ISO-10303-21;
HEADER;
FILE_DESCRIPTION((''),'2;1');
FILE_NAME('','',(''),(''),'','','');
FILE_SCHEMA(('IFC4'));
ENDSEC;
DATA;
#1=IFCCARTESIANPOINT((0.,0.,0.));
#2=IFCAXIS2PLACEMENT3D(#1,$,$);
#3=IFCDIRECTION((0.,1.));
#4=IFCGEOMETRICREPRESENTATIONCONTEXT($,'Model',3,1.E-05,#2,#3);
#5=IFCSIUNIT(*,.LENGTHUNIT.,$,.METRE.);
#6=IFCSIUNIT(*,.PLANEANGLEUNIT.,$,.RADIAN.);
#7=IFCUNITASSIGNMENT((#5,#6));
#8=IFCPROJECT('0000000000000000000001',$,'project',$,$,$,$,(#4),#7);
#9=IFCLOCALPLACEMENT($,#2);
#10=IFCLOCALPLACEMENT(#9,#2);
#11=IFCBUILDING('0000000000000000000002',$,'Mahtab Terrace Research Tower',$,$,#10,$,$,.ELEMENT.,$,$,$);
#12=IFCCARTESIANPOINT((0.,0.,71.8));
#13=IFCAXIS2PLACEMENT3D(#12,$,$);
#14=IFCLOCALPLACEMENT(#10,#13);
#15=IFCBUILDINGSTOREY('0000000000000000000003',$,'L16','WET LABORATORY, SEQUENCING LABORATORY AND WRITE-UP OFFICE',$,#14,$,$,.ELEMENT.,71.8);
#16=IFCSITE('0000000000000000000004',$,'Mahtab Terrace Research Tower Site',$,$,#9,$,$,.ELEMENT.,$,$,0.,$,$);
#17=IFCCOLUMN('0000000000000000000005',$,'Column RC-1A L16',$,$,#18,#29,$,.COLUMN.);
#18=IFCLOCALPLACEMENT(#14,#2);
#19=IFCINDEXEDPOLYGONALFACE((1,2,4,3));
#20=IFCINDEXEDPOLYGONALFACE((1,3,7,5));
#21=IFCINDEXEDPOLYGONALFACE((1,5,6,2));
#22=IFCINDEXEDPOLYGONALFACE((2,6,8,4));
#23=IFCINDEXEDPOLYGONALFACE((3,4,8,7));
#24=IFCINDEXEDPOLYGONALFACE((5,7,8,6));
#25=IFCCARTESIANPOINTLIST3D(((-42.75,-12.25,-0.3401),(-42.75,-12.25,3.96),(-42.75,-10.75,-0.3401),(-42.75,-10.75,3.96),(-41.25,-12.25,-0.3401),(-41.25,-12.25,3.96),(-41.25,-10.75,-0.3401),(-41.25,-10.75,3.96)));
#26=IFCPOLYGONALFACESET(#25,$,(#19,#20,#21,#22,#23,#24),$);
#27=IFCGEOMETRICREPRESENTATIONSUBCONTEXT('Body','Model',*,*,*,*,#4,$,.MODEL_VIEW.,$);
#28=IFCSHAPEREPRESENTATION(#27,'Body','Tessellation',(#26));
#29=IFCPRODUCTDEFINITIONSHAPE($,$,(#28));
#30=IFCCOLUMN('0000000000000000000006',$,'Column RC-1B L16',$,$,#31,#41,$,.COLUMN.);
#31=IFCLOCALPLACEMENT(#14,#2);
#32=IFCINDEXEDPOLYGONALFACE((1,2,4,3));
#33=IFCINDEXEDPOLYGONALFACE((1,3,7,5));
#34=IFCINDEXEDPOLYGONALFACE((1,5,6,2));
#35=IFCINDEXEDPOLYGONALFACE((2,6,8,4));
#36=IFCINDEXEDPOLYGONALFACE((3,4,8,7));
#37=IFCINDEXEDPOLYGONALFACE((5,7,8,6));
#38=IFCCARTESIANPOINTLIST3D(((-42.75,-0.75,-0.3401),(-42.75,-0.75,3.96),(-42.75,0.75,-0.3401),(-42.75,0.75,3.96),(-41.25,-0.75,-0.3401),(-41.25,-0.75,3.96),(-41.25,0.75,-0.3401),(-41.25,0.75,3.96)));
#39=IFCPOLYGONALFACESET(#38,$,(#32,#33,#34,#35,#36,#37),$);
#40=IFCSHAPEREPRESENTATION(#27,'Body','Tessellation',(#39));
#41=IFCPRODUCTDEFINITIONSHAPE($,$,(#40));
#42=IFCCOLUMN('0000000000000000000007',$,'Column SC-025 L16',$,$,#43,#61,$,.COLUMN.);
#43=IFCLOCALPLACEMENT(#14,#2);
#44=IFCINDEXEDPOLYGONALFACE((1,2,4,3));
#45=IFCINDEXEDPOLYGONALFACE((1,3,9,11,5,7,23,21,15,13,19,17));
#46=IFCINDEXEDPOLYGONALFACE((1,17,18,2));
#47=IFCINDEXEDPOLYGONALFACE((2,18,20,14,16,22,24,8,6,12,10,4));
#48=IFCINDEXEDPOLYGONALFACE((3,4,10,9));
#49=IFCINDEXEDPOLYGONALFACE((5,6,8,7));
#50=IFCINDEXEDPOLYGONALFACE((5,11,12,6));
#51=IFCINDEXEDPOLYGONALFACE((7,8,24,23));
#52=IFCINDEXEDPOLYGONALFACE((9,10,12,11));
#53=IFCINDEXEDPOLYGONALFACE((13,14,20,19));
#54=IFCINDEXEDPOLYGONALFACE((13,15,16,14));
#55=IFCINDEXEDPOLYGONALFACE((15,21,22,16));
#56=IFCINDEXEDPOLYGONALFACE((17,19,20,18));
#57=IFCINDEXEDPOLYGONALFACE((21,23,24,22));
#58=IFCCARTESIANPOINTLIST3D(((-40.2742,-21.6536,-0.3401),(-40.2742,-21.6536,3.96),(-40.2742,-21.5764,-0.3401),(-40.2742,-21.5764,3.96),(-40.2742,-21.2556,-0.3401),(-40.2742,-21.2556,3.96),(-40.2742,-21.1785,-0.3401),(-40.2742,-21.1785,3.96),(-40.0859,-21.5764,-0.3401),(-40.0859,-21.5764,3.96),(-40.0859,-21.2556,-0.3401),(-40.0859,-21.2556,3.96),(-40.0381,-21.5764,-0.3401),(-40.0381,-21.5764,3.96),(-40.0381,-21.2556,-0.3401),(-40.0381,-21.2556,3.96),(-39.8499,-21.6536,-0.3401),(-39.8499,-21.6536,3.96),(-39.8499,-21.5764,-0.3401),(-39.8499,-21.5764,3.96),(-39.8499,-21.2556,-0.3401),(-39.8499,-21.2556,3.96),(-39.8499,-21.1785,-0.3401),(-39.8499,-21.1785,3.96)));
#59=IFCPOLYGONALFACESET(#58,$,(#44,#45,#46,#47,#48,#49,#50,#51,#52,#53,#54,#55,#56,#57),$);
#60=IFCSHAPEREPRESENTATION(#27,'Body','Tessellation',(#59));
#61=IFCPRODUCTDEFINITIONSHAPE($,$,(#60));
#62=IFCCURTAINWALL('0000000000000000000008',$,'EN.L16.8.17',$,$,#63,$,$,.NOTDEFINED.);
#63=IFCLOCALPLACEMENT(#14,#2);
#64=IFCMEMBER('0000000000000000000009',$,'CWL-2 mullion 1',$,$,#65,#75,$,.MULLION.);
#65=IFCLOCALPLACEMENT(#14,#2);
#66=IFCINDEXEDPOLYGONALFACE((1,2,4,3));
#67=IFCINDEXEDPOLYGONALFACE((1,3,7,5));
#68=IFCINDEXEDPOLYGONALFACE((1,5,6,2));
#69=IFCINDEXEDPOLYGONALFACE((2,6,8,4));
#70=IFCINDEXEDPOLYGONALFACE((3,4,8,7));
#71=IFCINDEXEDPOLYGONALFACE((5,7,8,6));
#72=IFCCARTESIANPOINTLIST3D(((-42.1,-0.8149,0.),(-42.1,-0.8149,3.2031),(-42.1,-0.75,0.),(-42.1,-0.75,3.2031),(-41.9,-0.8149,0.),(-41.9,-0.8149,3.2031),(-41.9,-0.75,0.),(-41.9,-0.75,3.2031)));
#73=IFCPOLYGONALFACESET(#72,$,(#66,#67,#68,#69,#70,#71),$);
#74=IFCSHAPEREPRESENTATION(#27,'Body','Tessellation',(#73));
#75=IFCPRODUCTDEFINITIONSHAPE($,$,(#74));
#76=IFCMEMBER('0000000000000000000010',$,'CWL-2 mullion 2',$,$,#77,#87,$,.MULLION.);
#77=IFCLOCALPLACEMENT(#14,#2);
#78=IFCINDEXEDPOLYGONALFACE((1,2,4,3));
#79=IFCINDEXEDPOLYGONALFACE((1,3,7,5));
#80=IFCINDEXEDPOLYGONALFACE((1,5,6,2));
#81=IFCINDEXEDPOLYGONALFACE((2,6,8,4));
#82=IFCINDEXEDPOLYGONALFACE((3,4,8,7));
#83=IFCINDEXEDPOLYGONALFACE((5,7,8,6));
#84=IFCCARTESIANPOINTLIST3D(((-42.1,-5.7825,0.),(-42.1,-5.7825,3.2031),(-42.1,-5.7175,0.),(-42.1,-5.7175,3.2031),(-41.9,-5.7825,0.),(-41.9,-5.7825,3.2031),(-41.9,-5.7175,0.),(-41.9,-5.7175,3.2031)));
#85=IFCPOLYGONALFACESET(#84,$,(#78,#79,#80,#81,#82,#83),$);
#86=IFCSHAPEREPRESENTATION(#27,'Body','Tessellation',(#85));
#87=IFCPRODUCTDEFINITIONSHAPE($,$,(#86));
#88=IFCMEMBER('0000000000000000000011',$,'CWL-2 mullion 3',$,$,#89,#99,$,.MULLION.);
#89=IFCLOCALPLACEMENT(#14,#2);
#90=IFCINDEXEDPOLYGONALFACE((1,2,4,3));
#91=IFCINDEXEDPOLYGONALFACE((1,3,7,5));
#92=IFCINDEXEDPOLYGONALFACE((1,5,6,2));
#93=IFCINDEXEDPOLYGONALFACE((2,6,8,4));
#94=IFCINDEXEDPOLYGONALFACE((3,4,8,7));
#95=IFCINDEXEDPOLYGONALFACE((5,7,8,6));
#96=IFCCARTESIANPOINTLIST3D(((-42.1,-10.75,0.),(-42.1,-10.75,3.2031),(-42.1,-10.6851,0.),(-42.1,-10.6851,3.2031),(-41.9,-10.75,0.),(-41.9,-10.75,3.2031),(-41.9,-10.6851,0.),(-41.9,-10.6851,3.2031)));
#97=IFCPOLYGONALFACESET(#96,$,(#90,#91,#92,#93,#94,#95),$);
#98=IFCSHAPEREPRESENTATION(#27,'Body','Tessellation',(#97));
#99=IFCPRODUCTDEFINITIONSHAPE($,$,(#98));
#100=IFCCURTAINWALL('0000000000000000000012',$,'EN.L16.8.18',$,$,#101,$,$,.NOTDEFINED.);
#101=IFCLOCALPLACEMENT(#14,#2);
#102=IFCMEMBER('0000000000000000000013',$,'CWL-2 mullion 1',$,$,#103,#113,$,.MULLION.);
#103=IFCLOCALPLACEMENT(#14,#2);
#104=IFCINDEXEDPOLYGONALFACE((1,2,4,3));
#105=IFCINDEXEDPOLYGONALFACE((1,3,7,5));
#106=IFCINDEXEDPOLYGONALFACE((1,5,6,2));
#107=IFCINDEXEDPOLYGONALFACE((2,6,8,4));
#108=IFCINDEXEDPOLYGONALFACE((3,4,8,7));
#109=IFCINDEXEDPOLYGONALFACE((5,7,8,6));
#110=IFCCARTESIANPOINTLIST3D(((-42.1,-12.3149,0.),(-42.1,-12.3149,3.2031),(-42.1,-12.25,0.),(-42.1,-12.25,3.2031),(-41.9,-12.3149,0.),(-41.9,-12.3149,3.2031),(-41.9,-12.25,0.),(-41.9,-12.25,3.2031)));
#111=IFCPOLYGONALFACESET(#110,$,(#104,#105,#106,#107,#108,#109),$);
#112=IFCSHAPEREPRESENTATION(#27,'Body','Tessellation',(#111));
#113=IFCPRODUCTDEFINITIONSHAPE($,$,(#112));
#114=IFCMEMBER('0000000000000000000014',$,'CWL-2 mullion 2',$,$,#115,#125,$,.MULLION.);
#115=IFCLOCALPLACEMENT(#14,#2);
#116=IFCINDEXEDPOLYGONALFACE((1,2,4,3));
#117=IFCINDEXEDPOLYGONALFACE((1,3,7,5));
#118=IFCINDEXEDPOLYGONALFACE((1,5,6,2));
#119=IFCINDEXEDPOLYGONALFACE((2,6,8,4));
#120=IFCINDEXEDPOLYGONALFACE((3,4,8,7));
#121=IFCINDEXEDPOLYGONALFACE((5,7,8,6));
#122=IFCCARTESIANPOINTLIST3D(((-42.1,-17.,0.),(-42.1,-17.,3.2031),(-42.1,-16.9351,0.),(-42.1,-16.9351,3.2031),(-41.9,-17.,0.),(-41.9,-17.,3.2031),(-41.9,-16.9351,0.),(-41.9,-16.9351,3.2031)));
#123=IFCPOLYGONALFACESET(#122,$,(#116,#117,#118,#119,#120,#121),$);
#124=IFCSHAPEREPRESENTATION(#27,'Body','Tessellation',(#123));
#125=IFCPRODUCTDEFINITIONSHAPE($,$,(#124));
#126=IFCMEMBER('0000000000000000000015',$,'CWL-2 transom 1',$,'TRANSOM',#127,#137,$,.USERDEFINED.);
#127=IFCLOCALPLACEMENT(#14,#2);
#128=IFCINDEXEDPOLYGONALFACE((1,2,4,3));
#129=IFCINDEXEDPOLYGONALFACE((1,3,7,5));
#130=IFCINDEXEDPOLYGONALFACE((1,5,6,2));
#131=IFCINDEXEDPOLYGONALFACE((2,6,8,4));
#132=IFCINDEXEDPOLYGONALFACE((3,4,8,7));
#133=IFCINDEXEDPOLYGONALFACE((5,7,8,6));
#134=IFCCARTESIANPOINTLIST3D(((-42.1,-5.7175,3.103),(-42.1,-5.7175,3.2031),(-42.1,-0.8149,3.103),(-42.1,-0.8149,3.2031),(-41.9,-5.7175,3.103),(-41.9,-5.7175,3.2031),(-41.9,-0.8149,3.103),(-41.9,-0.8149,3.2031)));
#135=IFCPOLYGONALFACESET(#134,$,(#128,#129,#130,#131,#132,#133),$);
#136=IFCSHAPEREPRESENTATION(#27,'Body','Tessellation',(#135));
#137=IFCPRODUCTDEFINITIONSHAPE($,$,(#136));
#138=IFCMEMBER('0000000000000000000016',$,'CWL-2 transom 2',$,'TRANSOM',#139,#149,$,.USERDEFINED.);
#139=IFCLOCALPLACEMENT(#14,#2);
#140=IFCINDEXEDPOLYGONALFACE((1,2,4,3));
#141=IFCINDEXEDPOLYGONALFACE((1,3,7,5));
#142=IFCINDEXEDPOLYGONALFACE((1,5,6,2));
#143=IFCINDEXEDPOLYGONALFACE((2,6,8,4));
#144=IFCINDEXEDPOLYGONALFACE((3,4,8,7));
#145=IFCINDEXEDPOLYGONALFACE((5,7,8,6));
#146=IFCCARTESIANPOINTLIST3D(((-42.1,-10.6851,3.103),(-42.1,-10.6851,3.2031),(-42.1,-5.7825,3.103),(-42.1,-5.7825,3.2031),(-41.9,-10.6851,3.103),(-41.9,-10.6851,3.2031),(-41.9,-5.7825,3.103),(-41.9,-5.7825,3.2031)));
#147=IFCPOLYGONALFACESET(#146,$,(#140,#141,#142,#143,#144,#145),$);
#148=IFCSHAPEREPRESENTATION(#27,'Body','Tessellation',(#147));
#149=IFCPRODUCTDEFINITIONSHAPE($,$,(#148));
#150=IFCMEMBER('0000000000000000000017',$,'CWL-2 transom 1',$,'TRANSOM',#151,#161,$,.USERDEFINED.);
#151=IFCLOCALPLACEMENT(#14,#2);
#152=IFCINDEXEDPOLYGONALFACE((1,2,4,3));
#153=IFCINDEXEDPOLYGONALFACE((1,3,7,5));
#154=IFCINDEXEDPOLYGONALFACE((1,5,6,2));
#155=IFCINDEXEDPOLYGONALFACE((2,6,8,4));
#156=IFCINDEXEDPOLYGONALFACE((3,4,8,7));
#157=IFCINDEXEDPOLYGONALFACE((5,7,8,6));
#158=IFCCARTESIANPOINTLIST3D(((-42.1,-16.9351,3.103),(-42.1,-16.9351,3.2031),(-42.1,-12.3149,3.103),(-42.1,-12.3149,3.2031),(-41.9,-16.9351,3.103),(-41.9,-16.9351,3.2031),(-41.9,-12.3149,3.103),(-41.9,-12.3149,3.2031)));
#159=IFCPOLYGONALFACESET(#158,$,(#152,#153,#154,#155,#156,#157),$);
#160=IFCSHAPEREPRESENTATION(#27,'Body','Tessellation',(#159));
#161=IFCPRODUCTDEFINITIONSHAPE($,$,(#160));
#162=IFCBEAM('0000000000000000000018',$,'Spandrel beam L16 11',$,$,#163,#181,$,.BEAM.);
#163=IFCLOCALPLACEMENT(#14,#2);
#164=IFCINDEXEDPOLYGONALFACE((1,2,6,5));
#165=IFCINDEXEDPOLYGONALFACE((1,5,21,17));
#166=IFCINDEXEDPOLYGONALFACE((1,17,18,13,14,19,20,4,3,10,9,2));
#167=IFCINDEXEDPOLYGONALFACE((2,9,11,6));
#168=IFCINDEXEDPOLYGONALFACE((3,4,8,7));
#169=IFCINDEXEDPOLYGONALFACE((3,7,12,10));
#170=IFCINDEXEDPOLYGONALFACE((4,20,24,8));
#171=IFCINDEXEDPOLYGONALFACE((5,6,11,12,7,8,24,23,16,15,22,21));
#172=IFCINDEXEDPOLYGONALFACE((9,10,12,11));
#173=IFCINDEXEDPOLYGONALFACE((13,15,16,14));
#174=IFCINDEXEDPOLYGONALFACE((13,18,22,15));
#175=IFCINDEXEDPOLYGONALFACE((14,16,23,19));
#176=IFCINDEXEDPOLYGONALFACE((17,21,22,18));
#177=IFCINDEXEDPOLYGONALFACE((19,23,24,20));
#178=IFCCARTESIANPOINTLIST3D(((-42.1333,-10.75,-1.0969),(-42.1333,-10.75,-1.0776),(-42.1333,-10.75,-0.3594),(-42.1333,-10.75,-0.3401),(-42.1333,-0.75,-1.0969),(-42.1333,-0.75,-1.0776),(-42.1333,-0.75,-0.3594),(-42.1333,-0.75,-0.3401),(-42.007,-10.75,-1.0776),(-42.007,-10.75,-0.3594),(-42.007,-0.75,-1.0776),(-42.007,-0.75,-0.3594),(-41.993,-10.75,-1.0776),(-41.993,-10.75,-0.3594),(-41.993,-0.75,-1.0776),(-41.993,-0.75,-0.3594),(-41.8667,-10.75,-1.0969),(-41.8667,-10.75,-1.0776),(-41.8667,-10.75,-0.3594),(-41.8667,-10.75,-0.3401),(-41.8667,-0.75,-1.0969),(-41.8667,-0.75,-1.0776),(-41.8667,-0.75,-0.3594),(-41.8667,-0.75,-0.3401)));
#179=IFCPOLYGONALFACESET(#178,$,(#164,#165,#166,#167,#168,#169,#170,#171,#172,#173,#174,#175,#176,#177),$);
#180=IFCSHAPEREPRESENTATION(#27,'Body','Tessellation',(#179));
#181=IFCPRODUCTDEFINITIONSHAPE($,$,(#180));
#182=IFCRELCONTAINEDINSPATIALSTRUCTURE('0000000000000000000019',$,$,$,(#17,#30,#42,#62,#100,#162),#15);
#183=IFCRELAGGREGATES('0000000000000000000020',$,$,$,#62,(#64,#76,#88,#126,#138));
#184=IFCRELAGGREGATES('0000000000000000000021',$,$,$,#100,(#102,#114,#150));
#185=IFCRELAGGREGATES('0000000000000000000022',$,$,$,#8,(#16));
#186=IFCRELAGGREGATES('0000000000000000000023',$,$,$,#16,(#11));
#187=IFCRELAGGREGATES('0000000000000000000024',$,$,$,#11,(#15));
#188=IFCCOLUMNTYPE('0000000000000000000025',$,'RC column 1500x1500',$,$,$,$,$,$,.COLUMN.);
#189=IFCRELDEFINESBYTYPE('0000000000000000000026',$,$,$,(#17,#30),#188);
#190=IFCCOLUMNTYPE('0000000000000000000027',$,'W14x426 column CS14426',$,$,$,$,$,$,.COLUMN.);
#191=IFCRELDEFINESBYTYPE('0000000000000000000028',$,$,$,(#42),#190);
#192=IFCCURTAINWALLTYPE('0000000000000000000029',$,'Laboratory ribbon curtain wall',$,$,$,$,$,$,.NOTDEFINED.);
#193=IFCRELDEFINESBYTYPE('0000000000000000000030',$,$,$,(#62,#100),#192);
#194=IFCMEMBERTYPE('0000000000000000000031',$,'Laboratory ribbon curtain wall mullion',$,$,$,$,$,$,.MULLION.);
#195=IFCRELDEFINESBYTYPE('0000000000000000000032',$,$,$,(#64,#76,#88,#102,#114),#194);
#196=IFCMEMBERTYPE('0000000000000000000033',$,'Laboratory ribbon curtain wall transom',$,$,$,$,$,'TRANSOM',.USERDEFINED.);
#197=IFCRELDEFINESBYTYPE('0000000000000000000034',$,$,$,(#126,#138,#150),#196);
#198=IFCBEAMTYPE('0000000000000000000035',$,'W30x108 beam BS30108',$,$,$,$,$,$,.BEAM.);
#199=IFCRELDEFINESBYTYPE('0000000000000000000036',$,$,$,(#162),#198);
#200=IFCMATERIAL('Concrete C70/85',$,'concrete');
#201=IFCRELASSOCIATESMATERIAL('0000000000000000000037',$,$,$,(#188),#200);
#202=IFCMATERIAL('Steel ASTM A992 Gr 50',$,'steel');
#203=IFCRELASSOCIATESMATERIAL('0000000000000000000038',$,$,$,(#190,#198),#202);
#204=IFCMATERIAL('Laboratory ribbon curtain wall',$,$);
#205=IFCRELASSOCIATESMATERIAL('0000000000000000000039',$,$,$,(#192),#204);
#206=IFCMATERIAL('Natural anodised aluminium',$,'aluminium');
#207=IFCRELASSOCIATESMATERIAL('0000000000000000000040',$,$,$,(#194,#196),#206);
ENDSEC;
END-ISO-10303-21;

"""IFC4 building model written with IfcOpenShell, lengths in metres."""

from ifc_helpers import new_model, si_unit, direction, frame, origin, origin_2d, place, context, subcontext, project, spatial, rectangle, i_section, extrude, material, material_profile, profile_set, type_object, element, aggregate, save


model = new_model("IFC4")

# Units and contexts
model_context = context("Model", 3, precision=1e-05, world=origin(), true_north=direction((0.0, 1.0)))
body_context = subcontext(model_context, "Body", "Model", "MODEL_VIEW")
ifc_project = project(units=[si_unit("LENGTHUNIT", "METRE"), si_unit("PLANEANGLEUNIT", "RADIAN")], contexts=[model_context])

# Site, building, storey
site_placement = place(None, origin())
site = spatial("IfcSite", under=ifc_project, at=site_placement, Name="Mahtab Terrace Research Tower Site", CompositionType="ELEMENT", RefElevation=0.0)
building_placement = place(site_placement, origin())
building = spatial("IfcBuilding", under=site, at=building_placement, Name="Mahtab Terrace Research Tower", CompositionType="ELEMENT")
storey_placement = place(building_placement, frame((0.0, 0.0, 71.8)))
storey = spatial("IfcBuildingStorey", under=building, at=storey_placement, Name="L16", Description="WET LABORATORY, SEQUENCING LABORATORY AND WRITE-UP OFFICE", CompositionType="ELEMENT", Elevation=71.8)

# Columns
ifc_material_1 = material(Name="Concrete C70/85", Category="concrete")
ifc_material_profile_1 = material_profile(ifc_material_1, rectangle(XDim=1.5, YDim=1.5, at=origin_2d()), Name="RC column 1500x1500")
ifc_profile_set_1 = profile_set([ifc_material_profile_1], Name="Concrete C70/85")
column_type_1 = type_object("IfcColumnType", Name="RC column 1500x1500", PredefinedType="COLUMN", material=ifc_profile_set_1)
for number, where, z_axis, x_axis, name in (
    (1, (-42.0, -11.5, -0.3401), (0.0, 0.0, 1.0), (1.0, 0.0, 0.0), "Column RC-1A L16"),
    (2, (-42.0, 0.0, -0.3401), (0.0, 0.0, 1.0), (1.0, 0.0, 0.0), "Column RC-1B L16"),
):
    element("IfcColumn", number, at=place(storey_placement, frame(where, z_axis=z_axis, x_axis=x_axis)), inside=storey, type_object=column_type_1, Name=name, PredefinedType="COLUMN", context=body_context, shape_type="SweptSolid", body=[
        extrude(rectangle(XDim=1.5, YDim=1.5, at=origin_2d()), origin(), (0.0, 0.0, 1.0), 4.3),
    ])
ifc_material_2 = material(Name="Steel ASTM A992 Gr 50", Category="steel")
ifc_material_profile_2 = material_profile(ifc_material_2, i_section(OverallWidth=0.4243, OverallDepth=0.4751, WebThickness=0.0479, FlangeThickness=0.0771, at=origin_2d()), Name="W14X426")
ifc_profile_set_2 = profile_set([ifc_material_profile_2], Name="Steel ASTM A992 Gr 50")
column_type_2 = type_object("IfcColumnType", Name="W14x426 column CS14426", PredefinedType="COLUMN", material=ifc_profile_set_2)
column_placement = place(storey_placement, frame((-40.062, -21.416, -0.3401), z_axis=(0.0, 0.0, 1.0), x_axis=(1.0, 0.0, 0.0)))
element("IfcColumn", 3, at=column_placement, inside=storey, type_object=column_type_2, Name="Column SC-025 L16", PredefinedType="COLUMN", context=body_context, shape_type="SweptSolid", body=[
    extrude(i_section(OverallWidth=0.4243, OverallDepth=0.4751, WebThickness=0.0479, FlangeThickness=0.0771, at=origin_2d()), origin(), (0.0, 0.0, 1.0), 4.3),
])

# Curtain walls, members
ifc_material_3 = material(Name="Laboratory ribbon curtain wall")
curtain_wall_type = type_object("IfcCurtainWallType", Name="Laboratory ribbon curtain wall", PredefinedType="NOTDEFINED", material=ifc_material_3)
curtain_wall_1_placement = place(storey_placement, origin())
curtain_wall_1 = element("IfcCurtainWall", 4, at=curtain_wall_1_placement, inside=storey, type_object=curtain_wall_type, Name="EN.L16.8.17", PredefinedType="NOTDEFINED")
ifc_material_4 = material(Name="Natural anodised aluminium", Category="aluminium")
ifc_material_profile_3 = material_profile(ifc_material_4, rectangle(XDim=0.2, YDim=0.0649, at=origin_2d()), Name="MULLION 65x200")
ifc_profile_set_3 = profile_set([ifc_material_profile_3], Name="Natural anodised aluminium")
member_type_1 = type_object("IfcMemberType", Name="Laboratory ribbon curtain wall mullion", PredefinedType="MULLION", material=ifc_profile_set_3)
member_1_placement = place(storey_placement, frame((-42.0, -0.7825, 0.0), z_axis=(0.0, 0.0, 1.0), x_axis=(1.0, 0.0, 0.0)))
member_1 = element("IfcMember", 5, at=member_1_placement, type_object=member_type_1, Name="CWL-2 mullion 1", PredefinedType="MULLION", context=body_context, shape_type="SweptSolid", body=[
    extrude(rectangle(XDim=0.2, YDim=0.0649, at=origin_2d()), origin(), (0.0, 0.0, 1.0), 3.2031),
])
member_2_placement = place(storey_placement, frame((-42.0, -5.75, 0.0), z_axis=(0.0, 0.0, 1.0), x_axis=(1.0, 0.0, 0.0)))
member_2 = element("IfcMember", 6, at=member_2_placement, type_object=member_type_1, Name="CWL-2 mullion 2", PredefinedType="MULLION", context=body_context, shape_type="SweptSolid", body=[
    extrude(rectangle(XDim=0.2, YDim=0.0649, at=origin_2d()), origin(), (0.0, 0.0, 1.0), 3.2031),
])
member_3_placement = place(storey_placement, frame((-42.0, -10.7175, 0.0), z_axis=(0.0, 0.0, 1.0), x_axis=(1.0, 0.0, 0.0)))
member_3 = element("IfcMember", 7, at=member_3_placement, type_object=member_type_1, Name="CWL-2 mullion 3", PredefinedType="MULLION", context=body_context, shape_type="SweptSolid", body=[
    extrude(rectangle(XDim=0.2, YDim=0.0649, at=origin_2d()), origin(), (0.0, 0.0, 1.0), 3.2031),
])
curtain_wall_2_placement = place(storey_placement, origin())
curtain_wall_2 = element("IfcCurtainWall", 8, at=curtain_wall_2_placement, inside=storey, type_object=curtain_wall_type, Name="EN.L16.8.18", PredefinedType="NOTDEFINED")
member_4_placement = place(storey_placement, frame((-42.0, -12.2825, 0.0), z_axis=(0.0, 0.0, 1.0), x_axis=(1.0, 0.0, 0.0)))
member_4 = element("IfcMember", 9, at=member_4_placement, type_object=member_type_1, Name="CWL-2 mullion 1", PredefinedType="MULLION", context=body_context, shape_type="SweptSolid", body=[
    extrude(rectangle(XDim=0.2, YDim=0.0649, at=origin_2d()), origin(), (0.0, 0.0, 1.0), 3.2031),
])
member_5_placement = place(storey_placement, frame((-42.0, -16.9675, 0.0), z_axis=(0.0, 0.0, 1.0), x_axis=(1.0, 0.0, 0.0)))
member_5 = element("IfcMember", 10, at=member_5_placement, type_object=member_type_1, Name="CWL-2 mullion 2", PredefinedType="MULLION", context=body_context, shape_type="SweptSolid", body=[
    extrude(rectangle(XDim=0.2, YDim=0.0649, at=origin_2d()), origin(), (0.0, 0.0, 1.0), 3.2031),
])

# Members
ifc_material_profile_4 = material_profile(ifc_material_4, rectangle(XDim=0.2, YDim=0.1001, at=origin_2d()), Name="TRANSOM 100x200")
ifc_profile_set_4 = profile_set([ifc_material_profile_4], Name="Natural anodised aluminium")
member_type_2 = type_object("IfcMemberType", Name="Laboratory ribbon curtain wall transom", ElementType="TRANSOM", PredefinedType="USERDEFINED", material=ifc_profile_set_4)
member_6_placement = place(storey_placement, frame((-42.0, -0.8149, 3.1531), z_axis=(0.0, -1.0, 0.0), x_axis=(1.0, 0.0, 0.0)))
member_6 = element("IfcMember", 11, at=member_6_placement, type_object=member_type_2, Name="CWL-2 transom 1", ObjectType="TRANSOM", PredefinedType="USERDEFINED", context=body_context, shape_type="SweptSolid", body=[
    extrude(rectangle(XDim=0.2, YDim=0.1001, at=origin_2d()), origin(), (0.0, 0.0, 1.0), 4.9026),
])
member_7_placement = place(storey_placement, frame((-42.0, -5.7825, 3.1531), z_axis=(0.0, -1.0, 0.0), x_axis=(1.0, 0.0, 0.0)))
member_7 = element("IfcMember", 12, at=member_7_placement, type_object=member_type_2, Name="CWL-2 transom 2", ObjectType="TRANSOM", PredefinedType="USERDEFINED", context=body_context, shape_type="SweptSolid", body=[
    extrude(rectangle(XDim=0.2, YDim=0.1001, at=origin_2d()), origin(), (0.0, 0.0, 1.0), 4.9026),
])
member_8_placement = place(storey_placement, frame((-42.0, -12.3149, 3.1531), z_axis=(0.0, -1.0, 0.0), x_axis=(1.0, 0.0, 0.0)))
member_8 = element("IfcMember", 13, at=member_8_placement, type_object=member_type_2, Name="CWL-2 transom 1", ObjectType="TRANSOM", PredefinedType="USERDEFINED", context=body_context, shape_type="SweptSolid", body=[
    extrude(rectangle(XDim=0.2, YDim=0.1001, at=origin_2d()), origin(), (0.0, 0.0, 1.0), 4.6201),
])

# Beam
ifc_material_profile_5 = material_profile(ifc_material_2, i_section(OverallWidth=0.2666, OverallDepth=0.7568, WebThickness=0.0139, FlangeThickness=0.0193, at=origin_2d()), Name="W30X108")
ifc_profile_set_5 = profile_set([ifc_material_profile_5], Name="Steel ASTM A992 Gr 50")
beam_type = type_object("IfcBeamType", Name="W30x108 beam BS30108", PredefinedType="BEAM", material=ifc_profile_set_5)
beam_1_placement = place(storey_placement, frame((-42.0, -0.75, -0.7185), z_axis=(0.0, -1.0, 0.0), x_axis=(1.0, 0.0, 0.0)))
element("IfcBeam", 14, at=beam_1_placement, inside=storey, type_object=beam_type, Name="Spandrel beam L16 11", PredefinedType="BEAM", context=body_context, shape_type="SweptSolid", body=[
    extrude(i_section(OverallWidth=0.2666, OverallDepth=0.7568, WebThickness=0.0139, FlangeThickness=0.0193, at=origin_2d()), origin(), (0.0, 0.0, 1.0), 10.0),
])

aggregate(curtain_wall_1, [member_1, member_2, member_3, member_6, member_7])
aggregate(curtain_wall_2, [member_4, member_5, member_8])

save(model, "model.ifc")
